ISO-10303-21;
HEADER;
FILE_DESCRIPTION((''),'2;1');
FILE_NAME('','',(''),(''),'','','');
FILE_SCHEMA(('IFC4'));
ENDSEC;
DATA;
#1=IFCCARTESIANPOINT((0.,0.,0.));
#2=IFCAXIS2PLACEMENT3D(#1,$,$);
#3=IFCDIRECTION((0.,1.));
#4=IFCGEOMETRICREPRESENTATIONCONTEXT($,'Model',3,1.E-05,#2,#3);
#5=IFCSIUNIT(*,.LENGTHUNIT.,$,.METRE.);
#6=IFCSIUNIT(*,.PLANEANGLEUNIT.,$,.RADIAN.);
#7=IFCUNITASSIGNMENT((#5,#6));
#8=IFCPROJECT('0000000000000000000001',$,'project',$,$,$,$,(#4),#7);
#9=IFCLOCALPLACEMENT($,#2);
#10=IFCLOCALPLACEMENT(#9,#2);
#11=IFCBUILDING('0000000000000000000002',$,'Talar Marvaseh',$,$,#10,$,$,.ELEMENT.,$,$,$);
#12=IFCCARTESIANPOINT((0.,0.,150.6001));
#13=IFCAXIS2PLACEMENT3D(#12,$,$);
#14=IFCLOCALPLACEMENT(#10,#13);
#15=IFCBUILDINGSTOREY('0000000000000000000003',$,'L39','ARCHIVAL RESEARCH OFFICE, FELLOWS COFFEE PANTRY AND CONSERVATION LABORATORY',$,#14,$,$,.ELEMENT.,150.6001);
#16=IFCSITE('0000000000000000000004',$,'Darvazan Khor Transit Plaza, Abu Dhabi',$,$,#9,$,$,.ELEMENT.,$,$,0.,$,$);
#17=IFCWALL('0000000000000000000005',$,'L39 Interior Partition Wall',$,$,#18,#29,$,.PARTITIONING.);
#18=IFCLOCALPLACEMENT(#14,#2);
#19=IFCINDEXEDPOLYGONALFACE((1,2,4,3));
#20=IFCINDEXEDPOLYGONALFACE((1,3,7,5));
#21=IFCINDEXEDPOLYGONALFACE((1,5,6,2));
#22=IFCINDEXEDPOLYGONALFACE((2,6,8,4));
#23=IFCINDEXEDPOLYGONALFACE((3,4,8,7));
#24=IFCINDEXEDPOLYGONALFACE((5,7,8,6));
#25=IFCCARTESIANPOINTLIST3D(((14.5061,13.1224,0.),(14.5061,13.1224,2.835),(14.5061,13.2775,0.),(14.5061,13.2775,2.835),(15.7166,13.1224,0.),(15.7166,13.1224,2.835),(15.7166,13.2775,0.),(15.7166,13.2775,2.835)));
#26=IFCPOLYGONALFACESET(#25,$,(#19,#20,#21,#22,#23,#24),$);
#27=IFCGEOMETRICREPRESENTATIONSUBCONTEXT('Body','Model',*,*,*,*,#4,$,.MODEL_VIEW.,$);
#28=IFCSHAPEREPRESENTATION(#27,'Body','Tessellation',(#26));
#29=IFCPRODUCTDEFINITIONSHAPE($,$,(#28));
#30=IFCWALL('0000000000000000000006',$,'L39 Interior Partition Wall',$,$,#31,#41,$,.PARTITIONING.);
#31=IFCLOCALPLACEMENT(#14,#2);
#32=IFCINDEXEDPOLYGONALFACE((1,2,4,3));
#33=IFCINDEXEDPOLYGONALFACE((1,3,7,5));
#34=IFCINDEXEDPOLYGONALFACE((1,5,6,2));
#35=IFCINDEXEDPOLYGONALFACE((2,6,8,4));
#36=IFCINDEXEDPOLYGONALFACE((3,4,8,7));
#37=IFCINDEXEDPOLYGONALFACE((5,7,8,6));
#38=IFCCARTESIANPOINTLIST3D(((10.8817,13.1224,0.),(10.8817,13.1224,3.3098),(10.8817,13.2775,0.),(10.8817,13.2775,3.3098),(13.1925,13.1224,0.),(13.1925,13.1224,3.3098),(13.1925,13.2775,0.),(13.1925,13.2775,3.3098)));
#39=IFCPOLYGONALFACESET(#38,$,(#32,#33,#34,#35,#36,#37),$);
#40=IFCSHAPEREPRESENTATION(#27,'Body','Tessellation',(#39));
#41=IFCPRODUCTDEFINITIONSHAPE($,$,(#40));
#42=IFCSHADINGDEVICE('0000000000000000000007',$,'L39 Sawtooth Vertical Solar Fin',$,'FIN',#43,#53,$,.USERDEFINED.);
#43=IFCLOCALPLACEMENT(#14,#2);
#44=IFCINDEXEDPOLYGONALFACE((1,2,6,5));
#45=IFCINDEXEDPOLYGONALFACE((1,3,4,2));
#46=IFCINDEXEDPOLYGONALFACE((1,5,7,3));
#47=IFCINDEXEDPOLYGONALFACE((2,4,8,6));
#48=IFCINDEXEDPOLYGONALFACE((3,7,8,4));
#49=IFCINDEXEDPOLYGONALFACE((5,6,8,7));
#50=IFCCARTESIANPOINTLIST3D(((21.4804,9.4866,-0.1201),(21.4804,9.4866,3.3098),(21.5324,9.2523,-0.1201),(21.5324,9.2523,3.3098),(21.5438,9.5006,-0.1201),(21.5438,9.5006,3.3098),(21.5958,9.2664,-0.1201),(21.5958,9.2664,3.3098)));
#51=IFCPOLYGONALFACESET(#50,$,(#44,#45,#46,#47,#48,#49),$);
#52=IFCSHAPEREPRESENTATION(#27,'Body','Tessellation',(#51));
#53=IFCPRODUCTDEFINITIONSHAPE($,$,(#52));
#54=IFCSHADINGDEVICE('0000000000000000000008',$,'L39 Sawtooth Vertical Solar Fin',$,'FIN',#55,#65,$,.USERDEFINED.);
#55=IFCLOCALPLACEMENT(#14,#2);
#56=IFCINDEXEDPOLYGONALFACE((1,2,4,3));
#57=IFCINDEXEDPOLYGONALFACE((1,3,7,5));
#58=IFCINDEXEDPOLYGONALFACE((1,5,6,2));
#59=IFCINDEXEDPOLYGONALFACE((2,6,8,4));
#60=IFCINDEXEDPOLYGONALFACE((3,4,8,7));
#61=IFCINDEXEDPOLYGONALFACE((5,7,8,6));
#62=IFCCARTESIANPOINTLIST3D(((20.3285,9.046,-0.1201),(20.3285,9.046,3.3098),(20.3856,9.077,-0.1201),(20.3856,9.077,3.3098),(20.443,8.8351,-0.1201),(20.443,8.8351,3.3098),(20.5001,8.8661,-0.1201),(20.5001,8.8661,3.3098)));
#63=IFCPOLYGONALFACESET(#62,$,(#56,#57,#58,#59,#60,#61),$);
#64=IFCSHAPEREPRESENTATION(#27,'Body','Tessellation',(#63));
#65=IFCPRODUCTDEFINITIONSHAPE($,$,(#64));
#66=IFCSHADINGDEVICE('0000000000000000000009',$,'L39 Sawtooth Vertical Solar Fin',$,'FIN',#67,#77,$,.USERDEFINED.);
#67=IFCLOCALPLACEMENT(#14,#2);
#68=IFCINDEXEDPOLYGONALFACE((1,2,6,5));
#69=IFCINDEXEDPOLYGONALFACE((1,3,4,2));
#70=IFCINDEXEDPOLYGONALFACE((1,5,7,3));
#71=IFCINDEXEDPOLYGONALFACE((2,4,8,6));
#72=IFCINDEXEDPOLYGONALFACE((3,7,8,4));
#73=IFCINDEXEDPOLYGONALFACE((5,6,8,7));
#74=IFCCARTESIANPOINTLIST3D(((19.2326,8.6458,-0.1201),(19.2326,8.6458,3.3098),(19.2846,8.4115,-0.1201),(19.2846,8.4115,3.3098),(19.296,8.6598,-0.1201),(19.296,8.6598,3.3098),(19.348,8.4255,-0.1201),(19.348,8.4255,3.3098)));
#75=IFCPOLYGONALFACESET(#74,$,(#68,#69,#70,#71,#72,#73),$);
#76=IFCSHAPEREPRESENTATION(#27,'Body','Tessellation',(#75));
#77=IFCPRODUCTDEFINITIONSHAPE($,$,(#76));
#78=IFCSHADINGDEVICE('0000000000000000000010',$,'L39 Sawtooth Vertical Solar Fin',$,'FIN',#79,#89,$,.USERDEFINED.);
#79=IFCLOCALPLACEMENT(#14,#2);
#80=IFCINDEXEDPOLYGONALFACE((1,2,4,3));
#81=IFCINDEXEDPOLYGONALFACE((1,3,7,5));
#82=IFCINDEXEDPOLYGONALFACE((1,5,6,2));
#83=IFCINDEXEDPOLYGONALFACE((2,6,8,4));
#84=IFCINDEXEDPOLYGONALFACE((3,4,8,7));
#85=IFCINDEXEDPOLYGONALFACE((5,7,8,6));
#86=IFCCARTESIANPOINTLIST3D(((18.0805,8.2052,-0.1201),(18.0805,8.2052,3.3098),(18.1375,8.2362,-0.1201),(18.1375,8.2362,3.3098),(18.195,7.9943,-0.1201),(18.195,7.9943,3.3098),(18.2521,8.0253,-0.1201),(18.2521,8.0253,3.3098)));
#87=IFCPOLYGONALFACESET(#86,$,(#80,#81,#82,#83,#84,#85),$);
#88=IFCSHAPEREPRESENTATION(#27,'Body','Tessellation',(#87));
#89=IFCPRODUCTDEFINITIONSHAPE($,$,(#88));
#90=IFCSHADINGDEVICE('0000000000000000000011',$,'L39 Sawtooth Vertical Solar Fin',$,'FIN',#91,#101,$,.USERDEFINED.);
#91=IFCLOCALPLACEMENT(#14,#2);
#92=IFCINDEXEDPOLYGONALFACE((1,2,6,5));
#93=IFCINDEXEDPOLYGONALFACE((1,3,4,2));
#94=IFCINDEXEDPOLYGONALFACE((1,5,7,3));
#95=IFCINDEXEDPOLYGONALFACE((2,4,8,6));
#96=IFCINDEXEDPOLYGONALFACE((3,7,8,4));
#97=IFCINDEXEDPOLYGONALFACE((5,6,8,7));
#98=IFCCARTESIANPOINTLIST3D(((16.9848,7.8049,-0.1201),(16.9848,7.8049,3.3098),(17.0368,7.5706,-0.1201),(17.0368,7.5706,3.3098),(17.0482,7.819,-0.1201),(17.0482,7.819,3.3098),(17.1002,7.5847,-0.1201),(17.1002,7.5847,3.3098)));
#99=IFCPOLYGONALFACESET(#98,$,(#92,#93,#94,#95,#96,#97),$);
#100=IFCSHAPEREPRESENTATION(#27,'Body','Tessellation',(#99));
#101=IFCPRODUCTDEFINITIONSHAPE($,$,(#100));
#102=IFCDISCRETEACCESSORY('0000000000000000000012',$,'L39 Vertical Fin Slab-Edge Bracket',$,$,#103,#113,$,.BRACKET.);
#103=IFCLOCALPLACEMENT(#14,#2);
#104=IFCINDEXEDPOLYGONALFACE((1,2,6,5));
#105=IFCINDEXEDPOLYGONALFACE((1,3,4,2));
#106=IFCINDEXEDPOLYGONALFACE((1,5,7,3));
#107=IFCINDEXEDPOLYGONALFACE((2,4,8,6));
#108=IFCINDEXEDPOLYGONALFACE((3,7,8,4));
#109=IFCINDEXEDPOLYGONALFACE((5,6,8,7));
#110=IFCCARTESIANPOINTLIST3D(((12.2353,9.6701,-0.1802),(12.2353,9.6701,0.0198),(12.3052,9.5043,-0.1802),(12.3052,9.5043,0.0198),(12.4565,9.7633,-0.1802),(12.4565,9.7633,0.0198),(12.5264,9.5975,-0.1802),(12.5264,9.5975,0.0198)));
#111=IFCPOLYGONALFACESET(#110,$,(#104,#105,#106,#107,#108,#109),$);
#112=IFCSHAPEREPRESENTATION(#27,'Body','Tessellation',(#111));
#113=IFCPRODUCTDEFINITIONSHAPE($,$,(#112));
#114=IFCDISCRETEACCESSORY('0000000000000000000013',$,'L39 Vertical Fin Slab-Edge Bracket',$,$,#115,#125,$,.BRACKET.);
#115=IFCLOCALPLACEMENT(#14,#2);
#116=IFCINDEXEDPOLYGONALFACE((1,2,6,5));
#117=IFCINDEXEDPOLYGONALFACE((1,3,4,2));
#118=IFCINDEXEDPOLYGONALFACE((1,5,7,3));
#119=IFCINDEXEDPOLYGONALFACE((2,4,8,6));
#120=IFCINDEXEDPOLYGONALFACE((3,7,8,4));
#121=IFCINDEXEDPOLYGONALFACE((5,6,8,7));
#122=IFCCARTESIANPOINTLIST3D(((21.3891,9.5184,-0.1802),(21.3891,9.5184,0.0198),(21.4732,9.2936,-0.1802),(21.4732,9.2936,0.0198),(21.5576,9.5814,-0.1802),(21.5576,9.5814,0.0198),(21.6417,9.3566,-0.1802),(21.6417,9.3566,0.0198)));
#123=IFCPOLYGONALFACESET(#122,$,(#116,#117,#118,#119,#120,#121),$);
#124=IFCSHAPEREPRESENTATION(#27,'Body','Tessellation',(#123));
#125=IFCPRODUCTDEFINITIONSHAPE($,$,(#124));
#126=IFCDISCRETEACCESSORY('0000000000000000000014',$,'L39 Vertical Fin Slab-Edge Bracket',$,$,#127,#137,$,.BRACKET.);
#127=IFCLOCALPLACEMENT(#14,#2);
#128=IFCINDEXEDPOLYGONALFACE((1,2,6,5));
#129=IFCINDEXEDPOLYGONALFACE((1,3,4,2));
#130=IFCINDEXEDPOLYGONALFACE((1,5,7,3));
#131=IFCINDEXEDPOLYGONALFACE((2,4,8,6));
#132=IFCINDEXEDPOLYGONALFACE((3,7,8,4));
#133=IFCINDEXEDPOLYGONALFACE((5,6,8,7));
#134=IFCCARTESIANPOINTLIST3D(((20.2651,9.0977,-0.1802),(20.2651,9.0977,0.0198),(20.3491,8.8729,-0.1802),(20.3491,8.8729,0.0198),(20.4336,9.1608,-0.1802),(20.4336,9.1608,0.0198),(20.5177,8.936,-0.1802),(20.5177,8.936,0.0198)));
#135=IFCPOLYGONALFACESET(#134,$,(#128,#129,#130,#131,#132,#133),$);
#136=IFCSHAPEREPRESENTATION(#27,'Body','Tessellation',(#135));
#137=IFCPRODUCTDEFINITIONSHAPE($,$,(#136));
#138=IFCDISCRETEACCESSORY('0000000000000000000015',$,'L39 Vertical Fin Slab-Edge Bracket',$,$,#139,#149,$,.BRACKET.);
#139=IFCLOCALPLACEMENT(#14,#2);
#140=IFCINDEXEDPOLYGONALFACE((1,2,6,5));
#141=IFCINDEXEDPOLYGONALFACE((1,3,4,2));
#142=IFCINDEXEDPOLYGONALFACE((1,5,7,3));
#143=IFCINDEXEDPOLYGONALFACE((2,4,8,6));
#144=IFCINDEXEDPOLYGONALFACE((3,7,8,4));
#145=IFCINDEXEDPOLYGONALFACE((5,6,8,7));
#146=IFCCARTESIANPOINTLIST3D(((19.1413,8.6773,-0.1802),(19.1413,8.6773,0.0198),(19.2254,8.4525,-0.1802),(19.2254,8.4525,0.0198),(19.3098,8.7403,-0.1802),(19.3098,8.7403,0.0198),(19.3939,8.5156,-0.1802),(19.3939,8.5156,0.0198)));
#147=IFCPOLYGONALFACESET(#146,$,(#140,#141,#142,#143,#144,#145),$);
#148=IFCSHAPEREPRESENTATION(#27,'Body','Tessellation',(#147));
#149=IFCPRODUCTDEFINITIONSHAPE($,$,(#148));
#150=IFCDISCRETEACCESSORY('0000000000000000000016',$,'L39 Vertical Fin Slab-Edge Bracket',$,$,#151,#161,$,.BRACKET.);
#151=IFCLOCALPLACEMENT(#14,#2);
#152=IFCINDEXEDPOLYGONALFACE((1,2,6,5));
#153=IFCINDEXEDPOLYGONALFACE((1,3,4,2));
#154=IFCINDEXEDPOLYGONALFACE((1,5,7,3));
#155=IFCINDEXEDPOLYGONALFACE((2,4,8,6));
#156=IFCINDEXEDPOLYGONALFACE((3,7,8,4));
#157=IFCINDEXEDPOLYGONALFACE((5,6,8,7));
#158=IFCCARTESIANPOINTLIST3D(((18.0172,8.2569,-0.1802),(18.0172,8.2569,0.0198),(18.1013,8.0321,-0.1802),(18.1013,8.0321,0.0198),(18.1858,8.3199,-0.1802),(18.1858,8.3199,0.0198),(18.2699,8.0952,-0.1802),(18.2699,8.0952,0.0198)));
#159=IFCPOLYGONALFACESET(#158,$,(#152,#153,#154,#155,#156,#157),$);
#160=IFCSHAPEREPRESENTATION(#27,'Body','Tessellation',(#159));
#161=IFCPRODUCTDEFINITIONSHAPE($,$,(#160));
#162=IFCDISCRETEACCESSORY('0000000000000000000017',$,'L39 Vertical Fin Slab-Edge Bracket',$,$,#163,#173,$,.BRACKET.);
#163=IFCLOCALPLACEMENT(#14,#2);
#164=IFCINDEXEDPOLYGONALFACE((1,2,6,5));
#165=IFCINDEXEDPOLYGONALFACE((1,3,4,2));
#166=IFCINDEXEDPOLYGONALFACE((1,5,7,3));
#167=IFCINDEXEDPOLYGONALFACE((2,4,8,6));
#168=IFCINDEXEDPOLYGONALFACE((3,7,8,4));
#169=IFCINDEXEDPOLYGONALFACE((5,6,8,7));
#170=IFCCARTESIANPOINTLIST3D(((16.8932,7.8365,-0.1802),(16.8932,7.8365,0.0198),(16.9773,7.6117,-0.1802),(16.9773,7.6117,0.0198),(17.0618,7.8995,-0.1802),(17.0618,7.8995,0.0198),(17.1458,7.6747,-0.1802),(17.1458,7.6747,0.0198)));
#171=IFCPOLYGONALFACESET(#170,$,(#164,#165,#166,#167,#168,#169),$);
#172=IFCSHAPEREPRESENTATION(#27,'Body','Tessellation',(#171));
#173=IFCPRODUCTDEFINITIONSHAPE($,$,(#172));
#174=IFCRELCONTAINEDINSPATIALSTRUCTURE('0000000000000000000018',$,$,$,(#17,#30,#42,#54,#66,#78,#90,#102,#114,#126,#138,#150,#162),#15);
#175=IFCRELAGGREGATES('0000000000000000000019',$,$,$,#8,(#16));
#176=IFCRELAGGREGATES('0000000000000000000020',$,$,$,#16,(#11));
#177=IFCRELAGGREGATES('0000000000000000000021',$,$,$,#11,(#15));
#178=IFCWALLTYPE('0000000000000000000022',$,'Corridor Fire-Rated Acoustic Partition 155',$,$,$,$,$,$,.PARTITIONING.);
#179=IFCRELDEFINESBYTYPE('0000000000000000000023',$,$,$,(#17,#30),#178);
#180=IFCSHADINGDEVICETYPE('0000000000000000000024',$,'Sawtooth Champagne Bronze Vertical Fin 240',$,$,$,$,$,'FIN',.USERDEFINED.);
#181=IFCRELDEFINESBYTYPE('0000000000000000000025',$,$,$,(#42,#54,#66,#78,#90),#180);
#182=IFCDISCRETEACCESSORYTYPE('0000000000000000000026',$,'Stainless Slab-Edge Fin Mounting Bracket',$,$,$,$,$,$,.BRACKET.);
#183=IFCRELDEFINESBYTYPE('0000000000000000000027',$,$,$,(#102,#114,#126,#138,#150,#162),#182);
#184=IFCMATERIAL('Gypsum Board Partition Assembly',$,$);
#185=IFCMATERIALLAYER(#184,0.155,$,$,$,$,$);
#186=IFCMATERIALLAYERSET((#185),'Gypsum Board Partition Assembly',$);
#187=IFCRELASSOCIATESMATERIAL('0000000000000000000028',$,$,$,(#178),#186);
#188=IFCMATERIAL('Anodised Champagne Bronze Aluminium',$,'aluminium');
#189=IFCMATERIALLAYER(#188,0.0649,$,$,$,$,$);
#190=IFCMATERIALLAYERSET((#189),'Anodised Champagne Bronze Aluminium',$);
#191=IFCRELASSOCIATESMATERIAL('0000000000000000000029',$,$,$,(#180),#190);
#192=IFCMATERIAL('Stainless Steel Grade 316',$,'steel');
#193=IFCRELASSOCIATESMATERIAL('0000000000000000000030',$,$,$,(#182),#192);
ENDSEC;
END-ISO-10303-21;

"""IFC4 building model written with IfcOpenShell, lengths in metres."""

from ifc_helpers import new_model, si_unit, direction, frame, frame_2d, origin, origin_2d, place, context, subcontext, project, spatial, rectangle, extrude, source, transform, mapped, material, layer, layer_set, type_object, type_shapes, element, save


model = new_model("IFC4")

# Units and contexts
model_context = context("Model", 3, precision=1e-05, world=origin(), true_north=direction((0.0, 1.0)))
body_context = subcontext(model_context, "Body", "Model", "MODEL_VIEW")
ifc_project = project(units=[si_unit("LENGTHUNIT", "METRE"), si_unit("PLANEANGLEUNIT", "RADIAN")], contexts=[model_context])

# Site, building, storey
site_placement = place(None, origin())
site = spatial("IfcSite", under=ifc_project, at=site_placement, Name="Darvazan Khor Transit Plaza, Abu Dhabi", CompositionType="ELEMENT", RefElevation=0.0)
building_placement = place(site_placement, origin())
building = spatial("IfcBuilding", under=site, at=building_placement, Name="Talar Marvaseh", CompositionType="ELEMENT")
storey_placement = place(building_placement, frame((0.0, 0.0, 150.6001)))
storey = spatial("IfcBuildingStorey", under=building, at=storey_placement, Name="L39", Description="ARCHIVAL RESEARCH OFFICE, FELLOWS COFFEE PANTRY AND CONSERVATION LABORATORY", CompositionType="ELEMENT", Elevation=150.6001)

# Walls
ifc_material_1 = material(Name="Gypsum Board Partition Assembly")
ifc_layer_1 = layer(ifc_material_1, 0.155)
ifc_layer_set_1 = layer_set([ifc_layer_1], Name="Gypsum Board Partition Assembly")
wall_type_1 = type_object("IfcWallType", Name="Corridor Fire-Rated Acoustic Partition 155", PredefinedType="PARTITIONING", material=ifc_layer_set_1)
wall_1_placement = place(storey_placement, frame((15.7166, 13.2, 0.0), z_axis=(0.0, 0.0, 1.0), x_axis=(-1.0, 0.0, 0.0)))
element("IfcWall", 1, at=wall_1_placement, inside=storey, type_object=wall_type_1, Name="L39 Interior Partition Wall", PredefinedType="PARTITIONING", context=body_context, shape_type="SweptSolid", body=[
    extrude(rectangle(XDim=1.2104, YDim=0.155, at=frame_2d((0.6052, 0.0))), origin(), (0.0, 0.0, 1.0), 2.835),
])
wall_2_placement = place(storey_placement, frame((13.1924, 13.2, 0.0), z_axis=(0.0, 0.0, 1.0), x_axis=(-1.0, 0.0, 0.0)))
element("IfcWall", 2, at=wall_2_placement, inside=storey, type_object=wall_type_1, Name="L39 Interior Partition Wall", PredefinedType="PARTITIONING", context=body_context, shape_type="SweptSolid", body=[
    extrude(rectangle(XDim=2.3108, YDim=0.155, at=frame_2d((1.1553, 0.0))), origin(), (0.0, 0.0, 1.0), 3.3098),
])

# Shading devices
ifc_material_2 = material(Name="Anodised Champagne Bronze Aluminium", Category="aluminium")
ifc_layer_2 = layer(ifc_material_2, 0.0649)
ifc_layer_set_2 = layer_set([ifc_layer_2], Name="Anodised Champagne Bronze Aluminium")
shading_device_type = type_object("IfcShadingDeviceType", Name="Sawtooth Champagne Bronze Vertical Fin 240", ElementType="FIN", PredefinedType="USERDEFINED", material=ifc_layer_set_2)
shared_shape_1 = source(origin(), body_context, "Body", "SweptSolid", [
    extrude(rectangle(XDim=0.24, YDim=0.0649, at=origin_2d()), origin(), (0.0, 0.0, 1.0), 3.4299),
])
type_shapes(shading_device_type, [shared_shape_1])
for number, where, z_axis, x_axis, name in (
    (3, (21.5381, 9.3765, -0.1201), (0.0, 0.0, 1.0), (0.21661, -0.976258, 0.0), "L39 Sawtooth Vertical Solar Fin"),
    (4, (20.4143, 8.9561, -0.1201), (0.0, 0.0, 1.0), (0.477312, -0.878734, 0.0), "L39 Sawtooth Vertical Solar Fin"),
    (5, (19.2903, 8.5356, -0.1201), (0.0, 0.0, 1.0), (0.21661, -0.976258, 0.0), "L39 Sawtooth Vertical Solar Fin"),
    (6, (18.1663, 8.1152, -0.1201), (0.0, 0.0, 1.0), (0.477312, -0.878734, 0.0), "L39 Sawtooth Vertical Solar Fin"),
    (7, (17.0425, 7.6948, -0.1201), (0.0, 0.0, 1.0), (0.21661, -0.976258, 0.0), "L39 Sawtooth Vertical Solar Fin"),
):
    element("IfcShadingDevice", number, at=place(storey_placement, frame(where, z_axis=z_axis, x_axis=x_axis)), inside=storey, type_object=shading_device_type, Name=name, ObjectType="FIN", PredefinedType="USERDEFINED", context=body_context, shape_type="MappedRepresentation", body=[
        mapped(shared_shape_1, transform((0.0, 0.0, 0.0), x_axis=(1.0, 0.0, 0.0), y_axis=(0.0, 1.0, 0.0), z_axis=(0.0, 0.0, 1.0), scale=1.0)),
    ])

# Discrete accessories
ifc_material_3 = material(Name="Stainless Steel Grade 316", Category="steel")
discrete_accessory_type = type_object("IfcDiscreteAccessoryType", Name="Stainless Slab-Edge Fin Mounting Bracket", PredefinedType="BRACKET", material=ifc_material_3)
shared_shape_2 = source(origin(), body_context, "Body", "SweptSolid", [
    extrude(rectangle(XDim=0.24, YDim=0.1799, at=origin_2d()), origin(), (0.0, 0.0, 1.0), 0.2),
])
type_shapes(discrete_accessory_type, [shared_shape_2])
for number, where, z_axis, x_axis, name in (
    (8, (12.3809, 9.6338, -0.1802), (0.0, 0.0, 1.0), (-0.921525, -0.38832, 0.0), "L39 Vertical Fin Slab-Edge Bracket"),
    (9, (21.5154, 9.4375, -0.1802), (0.0, 0.0, 1.0), (0.350371, -0.936611, 0.0), "L39 Vertical Fin Slab-Edge Bracket"),
    (10, (20.3914, 9.0168, -0.1802), (0.0, 0.0, 1.0), (0.350371, -0.936611, 0.0), "L39 Vertical Fin Slab-Edge Bracket"),
    (11, (19.2676, 8.5964, -0.1802), (0.0, 0.0, 1.0), (0.350371, -0.936611, 0.0), "L39 Vertical Fin Slab-Edge Bracket"),
    (12, (18.1436, 8.176, -0.1802), (0.0, 0.0, 1.0), (0.350371, -0.936611, 0.0), "L39 Vertical Fin Slab-Edge Bracket"),
    (13, (17.0195, 7.7556, -0.1802), (0.0, 0.0, 1.0), (0.350371, -0.936611, 0.0), "L39 Vertical Fin Slab-Edge Bracket"),
):
    element("IfcDiscreteAccessory", number, at=place(storey_placement, frame(where, z_axis=z_axis, x_axis=x_axis)), inside=storey, type_object=discrete_accessory_type, Name=name, PredefinedType="BRACKET", context=body_context, shape_type="MappedRepresentation", body=[
        mapped(shared_shape_2, transform((0.0, 0.0, 0.0), x_axis=(1.0, 0.0, 0.0), y_axis=(0.0, 1.0, 0.0), z_axis=(0.0, 0.0, 1.0), scale=1.0)),
    ])

save(model, "model.ifc")
